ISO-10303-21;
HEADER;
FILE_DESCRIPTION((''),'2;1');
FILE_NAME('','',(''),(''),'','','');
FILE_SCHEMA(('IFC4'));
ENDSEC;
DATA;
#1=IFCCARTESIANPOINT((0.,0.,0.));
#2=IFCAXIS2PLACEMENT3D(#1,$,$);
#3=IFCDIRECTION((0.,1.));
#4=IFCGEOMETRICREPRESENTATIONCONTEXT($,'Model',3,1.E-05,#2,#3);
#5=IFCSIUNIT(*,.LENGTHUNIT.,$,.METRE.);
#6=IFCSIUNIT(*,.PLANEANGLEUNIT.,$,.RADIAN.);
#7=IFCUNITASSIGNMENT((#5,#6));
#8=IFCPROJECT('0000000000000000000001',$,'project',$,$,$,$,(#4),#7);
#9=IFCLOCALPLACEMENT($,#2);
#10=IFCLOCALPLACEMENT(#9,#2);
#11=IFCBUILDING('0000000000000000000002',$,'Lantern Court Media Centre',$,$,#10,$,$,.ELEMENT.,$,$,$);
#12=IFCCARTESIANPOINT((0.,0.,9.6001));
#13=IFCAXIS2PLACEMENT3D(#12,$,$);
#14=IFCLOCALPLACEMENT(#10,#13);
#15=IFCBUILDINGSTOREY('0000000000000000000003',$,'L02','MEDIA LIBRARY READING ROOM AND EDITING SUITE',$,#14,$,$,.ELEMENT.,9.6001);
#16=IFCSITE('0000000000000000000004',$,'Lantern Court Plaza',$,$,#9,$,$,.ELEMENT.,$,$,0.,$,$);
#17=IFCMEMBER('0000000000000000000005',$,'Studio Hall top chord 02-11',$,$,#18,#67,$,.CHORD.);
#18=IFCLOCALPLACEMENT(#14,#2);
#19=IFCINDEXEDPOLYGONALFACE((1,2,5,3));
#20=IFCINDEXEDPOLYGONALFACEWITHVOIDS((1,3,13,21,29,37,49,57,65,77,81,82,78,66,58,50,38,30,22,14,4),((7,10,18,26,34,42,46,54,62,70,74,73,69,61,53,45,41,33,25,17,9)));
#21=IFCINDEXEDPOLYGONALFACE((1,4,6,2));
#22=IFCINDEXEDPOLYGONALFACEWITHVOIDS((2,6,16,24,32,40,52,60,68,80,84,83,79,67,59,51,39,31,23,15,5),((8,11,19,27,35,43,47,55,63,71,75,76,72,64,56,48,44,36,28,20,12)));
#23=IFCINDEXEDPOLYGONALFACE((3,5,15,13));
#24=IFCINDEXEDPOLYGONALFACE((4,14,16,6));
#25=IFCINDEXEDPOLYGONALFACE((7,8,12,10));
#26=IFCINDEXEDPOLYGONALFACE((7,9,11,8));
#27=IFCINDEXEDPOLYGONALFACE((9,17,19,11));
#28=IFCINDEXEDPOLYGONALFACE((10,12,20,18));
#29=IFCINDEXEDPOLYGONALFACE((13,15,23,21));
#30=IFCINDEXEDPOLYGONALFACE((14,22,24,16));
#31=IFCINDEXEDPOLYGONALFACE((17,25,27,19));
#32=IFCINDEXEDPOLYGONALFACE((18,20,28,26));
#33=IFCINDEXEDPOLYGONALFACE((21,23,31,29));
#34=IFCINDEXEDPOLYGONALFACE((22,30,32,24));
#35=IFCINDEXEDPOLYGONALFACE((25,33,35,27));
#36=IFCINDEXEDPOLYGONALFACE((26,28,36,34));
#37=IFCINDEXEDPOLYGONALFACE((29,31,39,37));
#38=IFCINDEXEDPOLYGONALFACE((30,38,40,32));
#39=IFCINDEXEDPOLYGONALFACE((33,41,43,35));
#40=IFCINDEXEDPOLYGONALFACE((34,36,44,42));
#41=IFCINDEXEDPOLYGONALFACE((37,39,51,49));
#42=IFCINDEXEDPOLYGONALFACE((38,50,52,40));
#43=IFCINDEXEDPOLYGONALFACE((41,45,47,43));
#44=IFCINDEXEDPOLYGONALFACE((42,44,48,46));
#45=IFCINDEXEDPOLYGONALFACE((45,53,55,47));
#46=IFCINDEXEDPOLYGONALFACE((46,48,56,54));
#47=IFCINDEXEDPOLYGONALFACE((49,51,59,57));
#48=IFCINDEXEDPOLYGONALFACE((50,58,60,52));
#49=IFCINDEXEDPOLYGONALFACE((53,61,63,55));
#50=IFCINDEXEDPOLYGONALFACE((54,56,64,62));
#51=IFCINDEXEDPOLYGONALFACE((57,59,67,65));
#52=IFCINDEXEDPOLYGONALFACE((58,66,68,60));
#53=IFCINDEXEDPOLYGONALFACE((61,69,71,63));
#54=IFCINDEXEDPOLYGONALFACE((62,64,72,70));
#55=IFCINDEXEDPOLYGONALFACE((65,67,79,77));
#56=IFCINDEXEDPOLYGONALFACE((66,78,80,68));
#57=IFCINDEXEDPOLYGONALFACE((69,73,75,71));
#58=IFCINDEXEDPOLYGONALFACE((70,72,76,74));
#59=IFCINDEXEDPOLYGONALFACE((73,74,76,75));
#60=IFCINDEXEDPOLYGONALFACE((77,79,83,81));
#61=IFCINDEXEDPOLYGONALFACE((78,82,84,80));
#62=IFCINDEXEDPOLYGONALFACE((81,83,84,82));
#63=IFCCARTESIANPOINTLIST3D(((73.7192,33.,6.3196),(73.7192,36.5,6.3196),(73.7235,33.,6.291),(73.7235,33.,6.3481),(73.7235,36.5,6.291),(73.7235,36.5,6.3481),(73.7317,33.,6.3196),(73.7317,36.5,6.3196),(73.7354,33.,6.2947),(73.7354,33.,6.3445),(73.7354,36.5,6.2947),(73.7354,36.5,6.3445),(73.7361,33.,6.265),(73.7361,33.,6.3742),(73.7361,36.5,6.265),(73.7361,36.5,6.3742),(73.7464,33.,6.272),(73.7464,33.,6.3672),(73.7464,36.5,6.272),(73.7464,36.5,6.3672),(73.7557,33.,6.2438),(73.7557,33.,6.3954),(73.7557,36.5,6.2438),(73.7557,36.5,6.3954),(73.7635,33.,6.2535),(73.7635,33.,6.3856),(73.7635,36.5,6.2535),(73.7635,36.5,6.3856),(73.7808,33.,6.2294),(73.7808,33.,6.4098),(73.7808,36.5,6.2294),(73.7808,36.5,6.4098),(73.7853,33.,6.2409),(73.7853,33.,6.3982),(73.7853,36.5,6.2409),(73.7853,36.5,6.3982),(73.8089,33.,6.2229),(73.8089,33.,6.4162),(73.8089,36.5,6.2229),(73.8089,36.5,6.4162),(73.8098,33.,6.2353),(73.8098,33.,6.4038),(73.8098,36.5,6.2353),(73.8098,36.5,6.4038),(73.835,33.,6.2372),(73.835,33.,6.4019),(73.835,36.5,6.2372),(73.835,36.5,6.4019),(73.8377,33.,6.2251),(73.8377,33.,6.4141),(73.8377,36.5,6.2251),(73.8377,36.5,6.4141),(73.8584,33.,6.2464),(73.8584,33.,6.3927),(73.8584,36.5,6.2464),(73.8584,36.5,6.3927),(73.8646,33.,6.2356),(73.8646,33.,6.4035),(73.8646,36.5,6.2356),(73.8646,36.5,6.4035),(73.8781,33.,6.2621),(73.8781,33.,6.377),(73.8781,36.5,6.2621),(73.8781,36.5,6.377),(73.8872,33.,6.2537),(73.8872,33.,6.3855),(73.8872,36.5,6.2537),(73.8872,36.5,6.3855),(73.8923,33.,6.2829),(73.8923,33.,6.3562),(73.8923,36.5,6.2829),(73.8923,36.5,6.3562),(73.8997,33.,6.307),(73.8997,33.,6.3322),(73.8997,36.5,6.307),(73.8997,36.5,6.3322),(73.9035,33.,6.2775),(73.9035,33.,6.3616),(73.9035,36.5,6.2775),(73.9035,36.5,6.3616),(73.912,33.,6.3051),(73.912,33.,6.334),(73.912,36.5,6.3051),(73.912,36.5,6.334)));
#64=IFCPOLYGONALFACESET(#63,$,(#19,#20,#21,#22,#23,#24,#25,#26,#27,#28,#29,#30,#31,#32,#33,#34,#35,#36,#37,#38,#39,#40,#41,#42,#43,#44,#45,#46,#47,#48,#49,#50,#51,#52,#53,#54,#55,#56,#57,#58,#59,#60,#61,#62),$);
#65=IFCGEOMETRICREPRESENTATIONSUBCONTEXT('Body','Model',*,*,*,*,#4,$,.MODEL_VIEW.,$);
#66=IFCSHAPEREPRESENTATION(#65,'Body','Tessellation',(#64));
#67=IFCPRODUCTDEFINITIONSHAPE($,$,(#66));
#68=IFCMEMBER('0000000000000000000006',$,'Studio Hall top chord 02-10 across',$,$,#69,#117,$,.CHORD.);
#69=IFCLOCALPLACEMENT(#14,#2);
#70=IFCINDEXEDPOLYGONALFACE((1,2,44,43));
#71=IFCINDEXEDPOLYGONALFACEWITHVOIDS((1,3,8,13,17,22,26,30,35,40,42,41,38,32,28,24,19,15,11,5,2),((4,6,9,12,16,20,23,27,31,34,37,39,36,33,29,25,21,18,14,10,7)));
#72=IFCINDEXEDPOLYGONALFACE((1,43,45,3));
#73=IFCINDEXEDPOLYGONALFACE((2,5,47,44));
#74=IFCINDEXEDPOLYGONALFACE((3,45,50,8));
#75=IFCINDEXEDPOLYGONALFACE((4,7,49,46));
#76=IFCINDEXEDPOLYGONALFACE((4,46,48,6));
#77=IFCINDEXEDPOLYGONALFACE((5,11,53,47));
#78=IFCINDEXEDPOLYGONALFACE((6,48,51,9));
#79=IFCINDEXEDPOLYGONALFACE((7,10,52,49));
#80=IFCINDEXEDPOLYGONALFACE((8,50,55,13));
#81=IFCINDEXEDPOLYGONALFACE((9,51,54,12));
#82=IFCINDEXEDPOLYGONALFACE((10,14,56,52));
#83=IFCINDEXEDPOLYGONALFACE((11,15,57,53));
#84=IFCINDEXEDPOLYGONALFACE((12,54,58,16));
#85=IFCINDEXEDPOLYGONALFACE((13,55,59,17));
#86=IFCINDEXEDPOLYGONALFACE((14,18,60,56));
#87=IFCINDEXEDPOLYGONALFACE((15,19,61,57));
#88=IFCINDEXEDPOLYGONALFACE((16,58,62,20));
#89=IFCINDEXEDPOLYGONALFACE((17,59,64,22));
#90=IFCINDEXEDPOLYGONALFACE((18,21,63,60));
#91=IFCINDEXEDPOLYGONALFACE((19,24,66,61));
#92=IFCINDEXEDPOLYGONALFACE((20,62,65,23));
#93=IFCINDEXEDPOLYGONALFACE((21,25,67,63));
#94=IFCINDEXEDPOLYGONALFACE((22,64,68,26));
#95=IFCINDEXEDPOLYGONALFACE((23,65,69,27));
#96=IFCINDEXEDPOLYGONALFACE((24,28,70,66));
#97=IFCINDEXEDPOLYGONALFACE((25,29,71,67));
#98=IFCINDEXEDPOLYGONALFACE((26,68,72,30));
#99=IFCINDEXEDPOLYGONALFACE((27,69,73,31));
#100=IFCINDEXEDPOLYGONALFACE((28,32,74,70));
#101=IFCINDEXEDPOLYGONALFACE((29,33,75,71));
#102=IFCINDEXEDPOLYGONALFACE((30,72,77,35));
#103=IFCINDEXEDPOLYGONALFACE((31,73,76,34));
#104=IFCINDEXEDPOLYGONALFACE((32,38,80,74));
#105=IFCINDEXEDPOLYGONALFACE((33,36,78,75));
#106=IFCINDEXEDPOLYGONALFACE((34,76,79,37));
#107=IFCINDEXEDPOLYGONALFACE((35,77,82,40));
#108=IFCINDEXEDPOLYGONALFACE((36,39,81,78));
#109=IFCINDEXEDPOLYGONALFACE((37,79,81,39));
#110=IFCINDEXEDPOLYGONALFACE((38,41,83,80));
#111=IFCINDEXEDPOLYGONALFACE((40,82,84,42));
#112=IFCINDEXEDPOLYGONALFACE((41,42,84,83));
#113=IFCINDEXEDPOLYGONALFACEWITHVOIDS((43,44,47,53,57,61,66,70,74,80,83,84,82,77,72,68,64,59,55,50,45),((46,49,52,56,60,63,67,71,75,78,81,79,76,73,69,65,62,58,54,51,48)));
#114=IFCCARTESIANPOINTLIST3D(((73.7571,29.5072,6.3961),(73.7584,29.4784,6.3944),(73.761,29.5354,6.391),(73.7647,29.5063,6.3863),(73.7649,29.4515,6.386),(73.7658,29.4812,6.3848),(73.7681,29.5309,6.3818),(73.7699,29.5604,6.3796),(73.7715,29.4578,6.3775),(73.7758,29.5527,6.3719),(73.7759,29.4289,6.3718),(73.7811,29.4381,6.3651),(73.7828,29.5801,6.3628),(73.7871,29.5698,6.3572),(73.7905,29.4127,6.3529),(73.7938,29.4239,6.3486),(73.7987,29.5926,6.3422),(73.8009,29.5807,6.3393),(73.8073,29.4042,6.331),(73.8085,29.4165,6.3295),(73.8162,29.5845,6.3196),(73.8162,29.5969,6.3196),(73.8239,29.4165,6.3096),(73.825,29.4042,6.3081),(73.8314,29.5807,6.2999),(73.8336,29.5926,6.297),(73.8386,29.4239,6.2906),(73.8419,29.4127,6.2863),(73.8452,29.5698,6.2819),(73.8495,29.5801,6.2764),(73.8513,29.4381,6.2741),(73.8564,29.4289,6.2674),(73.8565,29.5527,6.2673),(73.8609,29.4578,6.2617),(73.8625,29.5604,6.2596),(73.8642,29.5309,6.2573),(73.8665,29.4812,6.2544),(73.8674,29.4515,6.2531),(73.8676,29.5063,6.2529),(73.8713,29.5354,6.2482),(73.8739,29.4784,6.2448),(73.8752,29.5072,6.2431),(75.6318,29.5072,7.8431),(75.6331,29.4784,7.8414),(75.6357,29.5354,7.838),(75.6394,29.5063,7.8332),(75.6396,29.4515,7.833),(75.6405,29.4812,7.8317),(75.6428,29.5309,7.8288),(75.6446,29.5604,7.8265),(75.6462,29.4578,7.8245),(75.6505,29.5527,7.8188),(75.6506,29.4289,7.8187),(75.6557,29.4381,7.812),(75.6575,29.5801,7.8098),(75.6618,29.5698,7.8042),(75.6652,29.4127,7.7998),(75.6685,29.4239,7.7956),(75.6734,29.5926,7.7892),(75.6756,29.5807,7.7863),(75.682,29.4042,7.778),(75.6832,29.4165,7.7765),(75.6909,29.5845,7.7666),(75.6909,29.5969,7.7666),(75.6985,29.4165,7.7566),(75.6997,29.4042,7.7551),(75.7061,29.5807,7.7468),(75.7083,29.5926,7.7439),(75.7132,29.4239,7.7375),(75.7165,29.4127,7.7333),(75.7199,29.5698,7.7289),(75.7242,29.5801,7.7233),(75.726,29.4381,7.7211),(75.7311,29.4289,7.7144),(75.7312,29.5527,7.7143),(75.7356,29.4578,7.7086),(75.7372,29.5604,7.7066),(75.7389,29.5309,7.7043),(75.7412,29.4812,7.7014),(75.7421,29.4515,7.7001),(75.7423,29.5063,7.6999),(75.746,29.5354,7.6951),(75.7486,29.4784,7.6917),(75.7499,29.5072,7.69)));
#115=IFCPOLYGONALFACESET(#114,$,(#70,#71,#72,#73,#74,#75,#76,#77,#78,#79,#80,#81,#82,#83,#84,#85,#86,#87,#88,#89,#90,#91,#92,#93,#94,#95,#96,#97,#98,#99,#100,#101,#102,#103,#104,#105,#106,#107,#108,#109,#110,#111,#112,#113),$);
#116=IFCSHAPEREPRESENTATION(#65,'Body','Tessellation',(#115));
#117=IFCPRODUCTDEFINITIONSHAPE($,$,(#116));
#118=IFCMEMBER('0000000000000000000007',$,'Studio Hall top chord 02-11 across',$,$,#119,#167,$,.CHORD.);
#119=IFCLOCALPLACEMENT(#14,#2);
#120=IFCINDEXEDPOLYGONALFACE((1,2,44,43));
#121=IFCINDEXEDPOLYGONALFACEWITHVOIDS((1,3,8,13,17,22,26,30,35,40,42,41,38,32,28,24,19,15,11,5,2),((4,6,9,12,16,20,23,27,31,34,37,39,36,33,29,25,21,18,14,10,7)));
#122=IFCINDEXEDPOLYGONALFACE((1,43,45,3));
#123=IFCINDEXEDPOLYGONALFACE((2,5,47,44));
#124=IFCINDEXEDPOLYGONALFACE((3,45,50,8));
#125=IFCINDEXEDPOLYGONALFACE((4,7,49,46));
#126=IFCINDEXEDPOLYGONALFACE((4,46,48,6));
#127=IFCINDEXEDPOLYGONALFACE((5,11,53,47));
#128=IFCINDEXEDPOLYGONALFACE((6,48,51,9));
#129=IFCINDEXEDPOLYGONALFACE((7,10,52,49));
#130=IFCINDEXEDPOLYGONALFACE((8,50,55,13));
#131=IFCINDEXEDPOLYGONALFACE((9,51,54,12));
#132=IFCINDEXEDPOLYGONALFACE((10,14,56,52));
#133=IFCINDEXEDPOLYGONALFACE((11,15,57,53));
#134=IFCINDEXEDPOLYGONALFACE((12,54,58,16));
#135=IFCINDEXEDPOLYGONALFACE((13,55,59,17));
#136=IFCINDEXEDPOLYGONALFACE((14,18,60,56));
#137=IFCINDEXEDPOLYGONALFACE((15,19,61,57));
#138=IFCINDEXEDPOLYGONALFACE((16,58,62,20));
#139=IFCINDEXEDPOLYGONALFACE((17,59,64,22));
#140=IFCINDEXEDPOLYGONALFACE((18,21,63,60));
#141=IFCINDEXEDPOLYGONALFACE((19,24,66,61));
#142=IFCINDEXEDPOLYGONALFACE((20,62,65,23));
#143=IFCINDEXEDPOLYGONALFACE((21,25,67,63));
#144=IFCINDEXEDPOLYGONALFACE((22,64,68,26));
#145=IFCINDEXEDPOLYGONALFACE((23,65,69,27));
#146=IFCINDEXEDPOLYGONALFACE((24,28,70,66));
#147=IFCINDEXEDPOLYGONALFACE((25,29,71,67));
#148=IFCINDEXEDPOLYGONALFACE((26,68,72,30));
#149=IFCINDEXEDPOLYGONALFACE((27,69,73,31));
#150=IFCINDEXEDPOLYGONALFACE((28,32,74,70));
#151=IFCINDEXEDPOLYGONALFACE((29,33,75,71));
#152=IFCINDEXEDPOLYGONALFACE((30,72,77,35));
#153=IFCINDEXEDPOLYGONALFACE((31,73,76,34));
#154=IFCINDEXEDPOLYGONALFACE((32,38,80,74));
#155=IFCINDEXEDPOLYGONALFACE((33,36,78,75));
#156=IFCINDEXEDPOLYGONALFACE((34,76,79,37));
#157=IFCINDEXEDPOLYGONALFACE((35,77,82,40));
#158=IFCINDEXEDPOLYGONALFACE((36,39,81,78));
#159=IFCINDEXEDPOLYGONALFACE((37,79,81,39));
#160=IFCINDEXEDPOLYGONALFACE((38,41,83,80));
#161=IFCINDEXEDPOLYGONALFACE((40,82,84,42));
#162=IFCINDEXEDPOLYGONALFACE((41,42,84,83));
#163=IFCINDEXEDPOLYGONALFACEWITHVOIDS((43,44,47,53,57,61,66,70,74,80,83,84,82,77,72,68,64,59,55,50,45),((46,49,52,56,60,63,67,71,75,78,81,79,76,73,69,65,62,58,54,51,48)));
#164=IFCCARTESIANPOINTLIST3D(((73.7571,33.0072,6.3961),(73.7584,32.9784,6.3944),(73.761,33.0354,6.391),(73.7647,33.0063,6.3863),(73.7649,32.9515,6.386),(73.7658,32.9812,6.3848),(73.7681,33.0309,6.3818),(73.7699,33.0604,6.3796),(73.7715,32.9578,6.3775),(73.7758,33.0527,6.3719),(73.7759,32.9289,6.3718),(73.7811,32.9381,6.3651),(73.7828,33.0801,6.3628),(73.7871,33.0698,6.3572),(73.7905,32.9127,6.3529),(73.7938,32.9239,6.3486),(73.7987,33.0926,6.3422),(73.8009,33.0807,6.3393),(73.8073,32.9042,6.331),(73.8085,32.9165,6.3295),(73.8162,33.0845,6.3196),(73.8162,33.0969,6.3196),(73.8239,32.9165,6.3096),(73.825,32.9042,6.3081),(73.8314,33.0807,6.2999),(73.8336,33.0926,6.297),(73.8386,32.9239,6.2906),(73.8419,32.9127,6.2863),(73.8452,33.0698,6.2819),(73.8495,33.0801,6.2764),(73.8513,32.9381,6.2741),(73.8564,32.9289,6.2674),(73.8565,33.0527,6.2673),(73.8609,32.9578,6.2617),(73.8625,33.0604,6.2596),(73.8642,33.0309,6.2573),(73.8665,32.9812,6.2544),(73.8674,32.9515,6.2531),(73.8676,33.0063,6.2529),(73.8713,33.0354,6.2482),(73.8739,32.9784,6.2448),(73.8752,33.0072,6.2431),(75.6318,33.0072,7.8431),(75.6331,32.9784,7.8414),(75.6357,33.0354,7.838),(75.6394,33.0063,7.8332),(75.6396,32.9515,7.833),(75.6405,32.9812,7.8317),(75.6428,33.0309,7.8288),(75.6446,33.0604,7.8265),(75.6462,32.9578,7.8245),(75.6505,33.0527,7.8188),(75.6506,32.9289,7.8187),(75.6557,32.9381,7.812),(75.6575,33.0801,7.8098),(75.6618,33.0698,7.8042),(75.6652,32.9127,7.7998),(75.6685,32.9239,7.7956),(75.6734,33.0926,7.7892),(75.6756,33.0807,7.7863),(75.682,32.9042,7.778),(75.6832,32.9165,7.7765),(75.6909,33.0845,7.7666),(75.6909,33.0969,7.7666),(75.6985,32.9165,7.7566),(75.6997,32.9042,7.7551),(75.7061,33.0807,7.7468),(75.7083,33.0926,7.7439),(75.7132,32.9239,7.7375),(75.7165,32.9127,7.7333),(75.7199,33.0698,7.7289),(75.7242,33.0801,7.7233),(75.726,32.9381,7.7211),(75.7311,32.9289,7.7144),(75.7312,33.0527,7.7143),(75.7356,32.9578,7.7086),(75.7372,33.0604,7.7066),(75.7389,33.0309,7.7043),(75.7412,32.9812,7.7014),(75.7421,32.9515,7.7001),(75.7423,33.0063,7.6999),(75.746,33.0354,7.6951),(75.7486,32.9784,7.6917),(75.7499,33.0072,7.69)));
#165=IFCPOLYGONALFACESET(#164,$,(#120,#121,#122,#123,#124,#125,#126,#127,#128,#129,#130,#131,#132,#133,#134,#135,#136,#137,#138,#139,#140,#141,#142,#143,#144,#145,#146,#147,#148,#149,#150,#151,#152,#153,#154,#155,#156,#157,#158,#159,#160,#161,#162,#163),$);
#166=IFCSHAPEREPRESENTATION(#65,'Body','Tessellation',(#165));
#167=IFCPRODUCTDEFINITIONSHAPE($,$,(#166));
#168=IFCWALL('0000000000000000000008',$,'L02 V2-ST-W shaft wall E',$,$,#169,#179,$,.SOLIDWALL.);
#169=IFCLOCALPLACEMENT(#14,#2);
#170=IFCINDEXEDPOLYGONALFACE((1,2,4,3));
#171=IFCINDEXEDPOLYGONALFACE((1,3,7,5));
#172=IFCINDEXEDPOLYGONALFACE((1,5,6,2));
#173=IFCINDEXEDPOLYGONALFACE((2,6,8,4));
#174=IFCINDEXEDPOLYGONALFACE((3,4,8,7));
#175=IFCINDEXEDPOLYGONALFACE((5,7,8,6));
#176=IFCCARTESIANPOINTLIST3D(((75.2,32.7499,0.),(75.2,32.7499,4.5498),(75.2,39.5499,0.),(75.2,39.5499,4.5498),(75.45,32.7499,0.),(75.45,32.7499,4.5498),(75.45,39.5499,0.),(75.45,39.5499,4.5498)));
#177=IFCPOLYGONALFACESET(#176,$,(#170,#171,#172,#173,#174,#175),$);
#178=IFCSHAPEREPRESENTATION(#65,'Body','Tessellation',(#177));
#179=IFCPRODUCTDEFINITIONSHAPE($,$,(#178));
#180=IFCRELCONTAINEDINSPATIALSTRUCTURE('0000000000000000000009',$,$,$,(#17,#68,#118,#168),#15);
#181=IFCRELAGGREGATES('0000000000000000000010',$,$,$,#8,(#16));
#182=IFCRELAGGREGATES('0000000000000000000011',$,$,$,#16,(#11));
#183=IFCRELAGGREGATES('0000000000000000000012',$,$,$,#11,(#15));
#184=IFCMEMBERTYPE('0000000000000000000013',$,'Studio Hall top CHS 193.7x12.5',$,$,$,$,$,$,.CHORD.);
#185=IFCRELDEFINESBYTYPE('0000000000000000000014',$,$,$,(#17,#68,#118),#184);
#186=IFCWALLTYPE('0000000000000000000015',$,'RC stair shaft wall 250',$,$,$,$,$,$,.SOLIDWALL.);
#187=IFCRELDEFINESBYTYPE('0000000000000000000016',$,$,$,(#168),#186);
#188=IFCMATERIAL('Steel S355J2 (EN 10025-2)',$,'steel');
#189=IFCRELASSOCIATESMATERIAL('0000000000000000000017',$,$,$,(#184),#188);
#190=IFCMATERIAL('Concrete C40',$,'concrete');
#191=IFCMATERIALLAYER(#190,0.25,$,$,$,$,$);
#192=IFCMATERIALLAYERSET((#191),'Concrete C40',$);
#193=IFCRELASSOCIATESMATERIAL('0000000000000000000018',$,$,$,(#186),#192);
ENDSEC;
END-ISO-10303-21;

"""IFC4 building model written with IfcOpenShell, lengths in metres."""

from ifc_helpers import new_model, si_unit, direction, frame, frame_2d, origin, origin_2d, place, context, subcontext, project, spatial, rectangle, hollow_circle, extrude, material, layer, layer_set, material_profile, profile_set, type_object, element, save


model = new_model("IFC4")

# Units and contexts
model_context = context("Model", 3, precision=1e-05, world=origin(), true_north=direction((0.0, 1.0)))
body_context = subcontext(model_context, "Body", "Model", "MODEL_VIEW")
ifc_project = project(units=[si_unit("LENGTHUNIT", "METRE"), si_unit("PLANEANGLEUNIT", "RADIAN")], contexts=[model_context])

# Site, building, storey
site_placement = place(None, origin())
site = spatial("IfcSite", under=ifc_project, at=site_placement, Name="Lantern Court Plaza", CompositionType="ELEMENT", RefElevation=0.0)
building_placement = place(site_placement, origin())
building = spatial("IfcBuilding", under=site, at=building_placement, Name="Lantern Court Media Centre", CompositionType="ELEMENT")
storey_placement = place(building_placement, frame((0.0, 0.0, 9.6001)))
storey = spatial("IfcBuildingStorey", under=building, at=storey_placement, Name="L02", Description="MEDIA LIBRARY READING ROOM AND EDITING SUITE", CompositionType="ELEMENT", Elevation=9.6001)

# Members
ifc_material_1 = material(Name="Steel S355J2 (EN 10025-2)", Category="steel")
ifc_material_profile_1 = material_profile(ifc_material_1, hollow_circle(Radius=0.0969, WallThickness=0.0125, at=origin_2d()), Name="Studio Hall top CHS 193.7x12.5")
ifc_profile_set_1 = profile_set([ifc_material_profile_1], Name="Steel S355J2 (EN 10025-2)")
member_type_1 = type_object("IfcMemberType", Name="Studio Hall top CHS 193.7x12.5", PredefinedType="CHORD", material=ifc_profile_set_1)
for number, where, z_axis, x_axis, name in (
    (1, (73.8162, 33.0, 6.3196), (0.0, 1.0, 0.0), (-1.0, 0.0, 0.0), "Studio Hall top chord 02-11"),
):
    element("IfcMember", number, at=place(storey_placement, frame(where, z_axis=z_axis, x_axis=x_axis)), inside=storey, type_object=member_type_1, Name=name, PredefinedType="CHORD", context=body_context, shape_type="SweptSolid", body=[
        extrude(hollow_circle(Radius=0.0969, WallThickness=0.0125, at=origin_2d()), origin(), (0.0, 0.0, 1.0), 3.5),
    ])
for number, where, z_axis, x_axis, name in (
    (2, (73.8162, 29.5, 6.3196), (0.791623, 0.0, 0.61101), (0.0, 1.0, 0.0), "Studio Hall top chord 02-10 across"),
    (3, (73.8162, 33.0, 6.3196), (0.791623, 0.0, 0.61101), (0.0, 1.0, 0.0), "Studio Hall top chord 02-11 across"),
):
    element("IfcMember", number, at=place(storey_placement, frame(where, z_axis=z_axis, x_axis=x_axis)), inside=storey, type_object=member_type_1, Name=name, PredefinedType="CHORD", context=body_context, shape_type="SweptSolid", body=[
        extrude(hollow_circle(Radius=0.0969, WallThickness=0.0125, at=origin_2d()), origin(), (0.0, 0.0, 1.0), 2.3682),
    ])

# Wall
ifc_material_2 = material(Name="Concrete C40", Category="concrete")
ifc_layer = layer(ifc_material_2, 0.25)
ifc_layer_set = layer_set([ifc_layer], Name="Concrete C40")
wall_type = type_object("IfcWallType", Name="RC stair shaft wall 250", PredefinedType="SOLIDWALL", material=ifc_layer_set)
wall_placement = place(storey_placement, frame((75.325, 32.75, 0.0), z_axis=(0.0, 0.0, 1.0), x_axis=(0.0, 1.0, 0.0)))
element("IfcWall", 4, at=wall_placement, inside=storey, type_object=wall_type, Name="L02 V2-ST-W shaft wall E", PredefinedType="SOLIDWALL", context=body_context, shape_type="SweptSolid", body=[
    extrude(rectangle(XDim=6.8, YDim=0.25, at=frame_2d((3.3999, 0.0))), origin(), (0.0, 0.0, 1.0), 4.5498),
])

save(model, "model.ifc")
